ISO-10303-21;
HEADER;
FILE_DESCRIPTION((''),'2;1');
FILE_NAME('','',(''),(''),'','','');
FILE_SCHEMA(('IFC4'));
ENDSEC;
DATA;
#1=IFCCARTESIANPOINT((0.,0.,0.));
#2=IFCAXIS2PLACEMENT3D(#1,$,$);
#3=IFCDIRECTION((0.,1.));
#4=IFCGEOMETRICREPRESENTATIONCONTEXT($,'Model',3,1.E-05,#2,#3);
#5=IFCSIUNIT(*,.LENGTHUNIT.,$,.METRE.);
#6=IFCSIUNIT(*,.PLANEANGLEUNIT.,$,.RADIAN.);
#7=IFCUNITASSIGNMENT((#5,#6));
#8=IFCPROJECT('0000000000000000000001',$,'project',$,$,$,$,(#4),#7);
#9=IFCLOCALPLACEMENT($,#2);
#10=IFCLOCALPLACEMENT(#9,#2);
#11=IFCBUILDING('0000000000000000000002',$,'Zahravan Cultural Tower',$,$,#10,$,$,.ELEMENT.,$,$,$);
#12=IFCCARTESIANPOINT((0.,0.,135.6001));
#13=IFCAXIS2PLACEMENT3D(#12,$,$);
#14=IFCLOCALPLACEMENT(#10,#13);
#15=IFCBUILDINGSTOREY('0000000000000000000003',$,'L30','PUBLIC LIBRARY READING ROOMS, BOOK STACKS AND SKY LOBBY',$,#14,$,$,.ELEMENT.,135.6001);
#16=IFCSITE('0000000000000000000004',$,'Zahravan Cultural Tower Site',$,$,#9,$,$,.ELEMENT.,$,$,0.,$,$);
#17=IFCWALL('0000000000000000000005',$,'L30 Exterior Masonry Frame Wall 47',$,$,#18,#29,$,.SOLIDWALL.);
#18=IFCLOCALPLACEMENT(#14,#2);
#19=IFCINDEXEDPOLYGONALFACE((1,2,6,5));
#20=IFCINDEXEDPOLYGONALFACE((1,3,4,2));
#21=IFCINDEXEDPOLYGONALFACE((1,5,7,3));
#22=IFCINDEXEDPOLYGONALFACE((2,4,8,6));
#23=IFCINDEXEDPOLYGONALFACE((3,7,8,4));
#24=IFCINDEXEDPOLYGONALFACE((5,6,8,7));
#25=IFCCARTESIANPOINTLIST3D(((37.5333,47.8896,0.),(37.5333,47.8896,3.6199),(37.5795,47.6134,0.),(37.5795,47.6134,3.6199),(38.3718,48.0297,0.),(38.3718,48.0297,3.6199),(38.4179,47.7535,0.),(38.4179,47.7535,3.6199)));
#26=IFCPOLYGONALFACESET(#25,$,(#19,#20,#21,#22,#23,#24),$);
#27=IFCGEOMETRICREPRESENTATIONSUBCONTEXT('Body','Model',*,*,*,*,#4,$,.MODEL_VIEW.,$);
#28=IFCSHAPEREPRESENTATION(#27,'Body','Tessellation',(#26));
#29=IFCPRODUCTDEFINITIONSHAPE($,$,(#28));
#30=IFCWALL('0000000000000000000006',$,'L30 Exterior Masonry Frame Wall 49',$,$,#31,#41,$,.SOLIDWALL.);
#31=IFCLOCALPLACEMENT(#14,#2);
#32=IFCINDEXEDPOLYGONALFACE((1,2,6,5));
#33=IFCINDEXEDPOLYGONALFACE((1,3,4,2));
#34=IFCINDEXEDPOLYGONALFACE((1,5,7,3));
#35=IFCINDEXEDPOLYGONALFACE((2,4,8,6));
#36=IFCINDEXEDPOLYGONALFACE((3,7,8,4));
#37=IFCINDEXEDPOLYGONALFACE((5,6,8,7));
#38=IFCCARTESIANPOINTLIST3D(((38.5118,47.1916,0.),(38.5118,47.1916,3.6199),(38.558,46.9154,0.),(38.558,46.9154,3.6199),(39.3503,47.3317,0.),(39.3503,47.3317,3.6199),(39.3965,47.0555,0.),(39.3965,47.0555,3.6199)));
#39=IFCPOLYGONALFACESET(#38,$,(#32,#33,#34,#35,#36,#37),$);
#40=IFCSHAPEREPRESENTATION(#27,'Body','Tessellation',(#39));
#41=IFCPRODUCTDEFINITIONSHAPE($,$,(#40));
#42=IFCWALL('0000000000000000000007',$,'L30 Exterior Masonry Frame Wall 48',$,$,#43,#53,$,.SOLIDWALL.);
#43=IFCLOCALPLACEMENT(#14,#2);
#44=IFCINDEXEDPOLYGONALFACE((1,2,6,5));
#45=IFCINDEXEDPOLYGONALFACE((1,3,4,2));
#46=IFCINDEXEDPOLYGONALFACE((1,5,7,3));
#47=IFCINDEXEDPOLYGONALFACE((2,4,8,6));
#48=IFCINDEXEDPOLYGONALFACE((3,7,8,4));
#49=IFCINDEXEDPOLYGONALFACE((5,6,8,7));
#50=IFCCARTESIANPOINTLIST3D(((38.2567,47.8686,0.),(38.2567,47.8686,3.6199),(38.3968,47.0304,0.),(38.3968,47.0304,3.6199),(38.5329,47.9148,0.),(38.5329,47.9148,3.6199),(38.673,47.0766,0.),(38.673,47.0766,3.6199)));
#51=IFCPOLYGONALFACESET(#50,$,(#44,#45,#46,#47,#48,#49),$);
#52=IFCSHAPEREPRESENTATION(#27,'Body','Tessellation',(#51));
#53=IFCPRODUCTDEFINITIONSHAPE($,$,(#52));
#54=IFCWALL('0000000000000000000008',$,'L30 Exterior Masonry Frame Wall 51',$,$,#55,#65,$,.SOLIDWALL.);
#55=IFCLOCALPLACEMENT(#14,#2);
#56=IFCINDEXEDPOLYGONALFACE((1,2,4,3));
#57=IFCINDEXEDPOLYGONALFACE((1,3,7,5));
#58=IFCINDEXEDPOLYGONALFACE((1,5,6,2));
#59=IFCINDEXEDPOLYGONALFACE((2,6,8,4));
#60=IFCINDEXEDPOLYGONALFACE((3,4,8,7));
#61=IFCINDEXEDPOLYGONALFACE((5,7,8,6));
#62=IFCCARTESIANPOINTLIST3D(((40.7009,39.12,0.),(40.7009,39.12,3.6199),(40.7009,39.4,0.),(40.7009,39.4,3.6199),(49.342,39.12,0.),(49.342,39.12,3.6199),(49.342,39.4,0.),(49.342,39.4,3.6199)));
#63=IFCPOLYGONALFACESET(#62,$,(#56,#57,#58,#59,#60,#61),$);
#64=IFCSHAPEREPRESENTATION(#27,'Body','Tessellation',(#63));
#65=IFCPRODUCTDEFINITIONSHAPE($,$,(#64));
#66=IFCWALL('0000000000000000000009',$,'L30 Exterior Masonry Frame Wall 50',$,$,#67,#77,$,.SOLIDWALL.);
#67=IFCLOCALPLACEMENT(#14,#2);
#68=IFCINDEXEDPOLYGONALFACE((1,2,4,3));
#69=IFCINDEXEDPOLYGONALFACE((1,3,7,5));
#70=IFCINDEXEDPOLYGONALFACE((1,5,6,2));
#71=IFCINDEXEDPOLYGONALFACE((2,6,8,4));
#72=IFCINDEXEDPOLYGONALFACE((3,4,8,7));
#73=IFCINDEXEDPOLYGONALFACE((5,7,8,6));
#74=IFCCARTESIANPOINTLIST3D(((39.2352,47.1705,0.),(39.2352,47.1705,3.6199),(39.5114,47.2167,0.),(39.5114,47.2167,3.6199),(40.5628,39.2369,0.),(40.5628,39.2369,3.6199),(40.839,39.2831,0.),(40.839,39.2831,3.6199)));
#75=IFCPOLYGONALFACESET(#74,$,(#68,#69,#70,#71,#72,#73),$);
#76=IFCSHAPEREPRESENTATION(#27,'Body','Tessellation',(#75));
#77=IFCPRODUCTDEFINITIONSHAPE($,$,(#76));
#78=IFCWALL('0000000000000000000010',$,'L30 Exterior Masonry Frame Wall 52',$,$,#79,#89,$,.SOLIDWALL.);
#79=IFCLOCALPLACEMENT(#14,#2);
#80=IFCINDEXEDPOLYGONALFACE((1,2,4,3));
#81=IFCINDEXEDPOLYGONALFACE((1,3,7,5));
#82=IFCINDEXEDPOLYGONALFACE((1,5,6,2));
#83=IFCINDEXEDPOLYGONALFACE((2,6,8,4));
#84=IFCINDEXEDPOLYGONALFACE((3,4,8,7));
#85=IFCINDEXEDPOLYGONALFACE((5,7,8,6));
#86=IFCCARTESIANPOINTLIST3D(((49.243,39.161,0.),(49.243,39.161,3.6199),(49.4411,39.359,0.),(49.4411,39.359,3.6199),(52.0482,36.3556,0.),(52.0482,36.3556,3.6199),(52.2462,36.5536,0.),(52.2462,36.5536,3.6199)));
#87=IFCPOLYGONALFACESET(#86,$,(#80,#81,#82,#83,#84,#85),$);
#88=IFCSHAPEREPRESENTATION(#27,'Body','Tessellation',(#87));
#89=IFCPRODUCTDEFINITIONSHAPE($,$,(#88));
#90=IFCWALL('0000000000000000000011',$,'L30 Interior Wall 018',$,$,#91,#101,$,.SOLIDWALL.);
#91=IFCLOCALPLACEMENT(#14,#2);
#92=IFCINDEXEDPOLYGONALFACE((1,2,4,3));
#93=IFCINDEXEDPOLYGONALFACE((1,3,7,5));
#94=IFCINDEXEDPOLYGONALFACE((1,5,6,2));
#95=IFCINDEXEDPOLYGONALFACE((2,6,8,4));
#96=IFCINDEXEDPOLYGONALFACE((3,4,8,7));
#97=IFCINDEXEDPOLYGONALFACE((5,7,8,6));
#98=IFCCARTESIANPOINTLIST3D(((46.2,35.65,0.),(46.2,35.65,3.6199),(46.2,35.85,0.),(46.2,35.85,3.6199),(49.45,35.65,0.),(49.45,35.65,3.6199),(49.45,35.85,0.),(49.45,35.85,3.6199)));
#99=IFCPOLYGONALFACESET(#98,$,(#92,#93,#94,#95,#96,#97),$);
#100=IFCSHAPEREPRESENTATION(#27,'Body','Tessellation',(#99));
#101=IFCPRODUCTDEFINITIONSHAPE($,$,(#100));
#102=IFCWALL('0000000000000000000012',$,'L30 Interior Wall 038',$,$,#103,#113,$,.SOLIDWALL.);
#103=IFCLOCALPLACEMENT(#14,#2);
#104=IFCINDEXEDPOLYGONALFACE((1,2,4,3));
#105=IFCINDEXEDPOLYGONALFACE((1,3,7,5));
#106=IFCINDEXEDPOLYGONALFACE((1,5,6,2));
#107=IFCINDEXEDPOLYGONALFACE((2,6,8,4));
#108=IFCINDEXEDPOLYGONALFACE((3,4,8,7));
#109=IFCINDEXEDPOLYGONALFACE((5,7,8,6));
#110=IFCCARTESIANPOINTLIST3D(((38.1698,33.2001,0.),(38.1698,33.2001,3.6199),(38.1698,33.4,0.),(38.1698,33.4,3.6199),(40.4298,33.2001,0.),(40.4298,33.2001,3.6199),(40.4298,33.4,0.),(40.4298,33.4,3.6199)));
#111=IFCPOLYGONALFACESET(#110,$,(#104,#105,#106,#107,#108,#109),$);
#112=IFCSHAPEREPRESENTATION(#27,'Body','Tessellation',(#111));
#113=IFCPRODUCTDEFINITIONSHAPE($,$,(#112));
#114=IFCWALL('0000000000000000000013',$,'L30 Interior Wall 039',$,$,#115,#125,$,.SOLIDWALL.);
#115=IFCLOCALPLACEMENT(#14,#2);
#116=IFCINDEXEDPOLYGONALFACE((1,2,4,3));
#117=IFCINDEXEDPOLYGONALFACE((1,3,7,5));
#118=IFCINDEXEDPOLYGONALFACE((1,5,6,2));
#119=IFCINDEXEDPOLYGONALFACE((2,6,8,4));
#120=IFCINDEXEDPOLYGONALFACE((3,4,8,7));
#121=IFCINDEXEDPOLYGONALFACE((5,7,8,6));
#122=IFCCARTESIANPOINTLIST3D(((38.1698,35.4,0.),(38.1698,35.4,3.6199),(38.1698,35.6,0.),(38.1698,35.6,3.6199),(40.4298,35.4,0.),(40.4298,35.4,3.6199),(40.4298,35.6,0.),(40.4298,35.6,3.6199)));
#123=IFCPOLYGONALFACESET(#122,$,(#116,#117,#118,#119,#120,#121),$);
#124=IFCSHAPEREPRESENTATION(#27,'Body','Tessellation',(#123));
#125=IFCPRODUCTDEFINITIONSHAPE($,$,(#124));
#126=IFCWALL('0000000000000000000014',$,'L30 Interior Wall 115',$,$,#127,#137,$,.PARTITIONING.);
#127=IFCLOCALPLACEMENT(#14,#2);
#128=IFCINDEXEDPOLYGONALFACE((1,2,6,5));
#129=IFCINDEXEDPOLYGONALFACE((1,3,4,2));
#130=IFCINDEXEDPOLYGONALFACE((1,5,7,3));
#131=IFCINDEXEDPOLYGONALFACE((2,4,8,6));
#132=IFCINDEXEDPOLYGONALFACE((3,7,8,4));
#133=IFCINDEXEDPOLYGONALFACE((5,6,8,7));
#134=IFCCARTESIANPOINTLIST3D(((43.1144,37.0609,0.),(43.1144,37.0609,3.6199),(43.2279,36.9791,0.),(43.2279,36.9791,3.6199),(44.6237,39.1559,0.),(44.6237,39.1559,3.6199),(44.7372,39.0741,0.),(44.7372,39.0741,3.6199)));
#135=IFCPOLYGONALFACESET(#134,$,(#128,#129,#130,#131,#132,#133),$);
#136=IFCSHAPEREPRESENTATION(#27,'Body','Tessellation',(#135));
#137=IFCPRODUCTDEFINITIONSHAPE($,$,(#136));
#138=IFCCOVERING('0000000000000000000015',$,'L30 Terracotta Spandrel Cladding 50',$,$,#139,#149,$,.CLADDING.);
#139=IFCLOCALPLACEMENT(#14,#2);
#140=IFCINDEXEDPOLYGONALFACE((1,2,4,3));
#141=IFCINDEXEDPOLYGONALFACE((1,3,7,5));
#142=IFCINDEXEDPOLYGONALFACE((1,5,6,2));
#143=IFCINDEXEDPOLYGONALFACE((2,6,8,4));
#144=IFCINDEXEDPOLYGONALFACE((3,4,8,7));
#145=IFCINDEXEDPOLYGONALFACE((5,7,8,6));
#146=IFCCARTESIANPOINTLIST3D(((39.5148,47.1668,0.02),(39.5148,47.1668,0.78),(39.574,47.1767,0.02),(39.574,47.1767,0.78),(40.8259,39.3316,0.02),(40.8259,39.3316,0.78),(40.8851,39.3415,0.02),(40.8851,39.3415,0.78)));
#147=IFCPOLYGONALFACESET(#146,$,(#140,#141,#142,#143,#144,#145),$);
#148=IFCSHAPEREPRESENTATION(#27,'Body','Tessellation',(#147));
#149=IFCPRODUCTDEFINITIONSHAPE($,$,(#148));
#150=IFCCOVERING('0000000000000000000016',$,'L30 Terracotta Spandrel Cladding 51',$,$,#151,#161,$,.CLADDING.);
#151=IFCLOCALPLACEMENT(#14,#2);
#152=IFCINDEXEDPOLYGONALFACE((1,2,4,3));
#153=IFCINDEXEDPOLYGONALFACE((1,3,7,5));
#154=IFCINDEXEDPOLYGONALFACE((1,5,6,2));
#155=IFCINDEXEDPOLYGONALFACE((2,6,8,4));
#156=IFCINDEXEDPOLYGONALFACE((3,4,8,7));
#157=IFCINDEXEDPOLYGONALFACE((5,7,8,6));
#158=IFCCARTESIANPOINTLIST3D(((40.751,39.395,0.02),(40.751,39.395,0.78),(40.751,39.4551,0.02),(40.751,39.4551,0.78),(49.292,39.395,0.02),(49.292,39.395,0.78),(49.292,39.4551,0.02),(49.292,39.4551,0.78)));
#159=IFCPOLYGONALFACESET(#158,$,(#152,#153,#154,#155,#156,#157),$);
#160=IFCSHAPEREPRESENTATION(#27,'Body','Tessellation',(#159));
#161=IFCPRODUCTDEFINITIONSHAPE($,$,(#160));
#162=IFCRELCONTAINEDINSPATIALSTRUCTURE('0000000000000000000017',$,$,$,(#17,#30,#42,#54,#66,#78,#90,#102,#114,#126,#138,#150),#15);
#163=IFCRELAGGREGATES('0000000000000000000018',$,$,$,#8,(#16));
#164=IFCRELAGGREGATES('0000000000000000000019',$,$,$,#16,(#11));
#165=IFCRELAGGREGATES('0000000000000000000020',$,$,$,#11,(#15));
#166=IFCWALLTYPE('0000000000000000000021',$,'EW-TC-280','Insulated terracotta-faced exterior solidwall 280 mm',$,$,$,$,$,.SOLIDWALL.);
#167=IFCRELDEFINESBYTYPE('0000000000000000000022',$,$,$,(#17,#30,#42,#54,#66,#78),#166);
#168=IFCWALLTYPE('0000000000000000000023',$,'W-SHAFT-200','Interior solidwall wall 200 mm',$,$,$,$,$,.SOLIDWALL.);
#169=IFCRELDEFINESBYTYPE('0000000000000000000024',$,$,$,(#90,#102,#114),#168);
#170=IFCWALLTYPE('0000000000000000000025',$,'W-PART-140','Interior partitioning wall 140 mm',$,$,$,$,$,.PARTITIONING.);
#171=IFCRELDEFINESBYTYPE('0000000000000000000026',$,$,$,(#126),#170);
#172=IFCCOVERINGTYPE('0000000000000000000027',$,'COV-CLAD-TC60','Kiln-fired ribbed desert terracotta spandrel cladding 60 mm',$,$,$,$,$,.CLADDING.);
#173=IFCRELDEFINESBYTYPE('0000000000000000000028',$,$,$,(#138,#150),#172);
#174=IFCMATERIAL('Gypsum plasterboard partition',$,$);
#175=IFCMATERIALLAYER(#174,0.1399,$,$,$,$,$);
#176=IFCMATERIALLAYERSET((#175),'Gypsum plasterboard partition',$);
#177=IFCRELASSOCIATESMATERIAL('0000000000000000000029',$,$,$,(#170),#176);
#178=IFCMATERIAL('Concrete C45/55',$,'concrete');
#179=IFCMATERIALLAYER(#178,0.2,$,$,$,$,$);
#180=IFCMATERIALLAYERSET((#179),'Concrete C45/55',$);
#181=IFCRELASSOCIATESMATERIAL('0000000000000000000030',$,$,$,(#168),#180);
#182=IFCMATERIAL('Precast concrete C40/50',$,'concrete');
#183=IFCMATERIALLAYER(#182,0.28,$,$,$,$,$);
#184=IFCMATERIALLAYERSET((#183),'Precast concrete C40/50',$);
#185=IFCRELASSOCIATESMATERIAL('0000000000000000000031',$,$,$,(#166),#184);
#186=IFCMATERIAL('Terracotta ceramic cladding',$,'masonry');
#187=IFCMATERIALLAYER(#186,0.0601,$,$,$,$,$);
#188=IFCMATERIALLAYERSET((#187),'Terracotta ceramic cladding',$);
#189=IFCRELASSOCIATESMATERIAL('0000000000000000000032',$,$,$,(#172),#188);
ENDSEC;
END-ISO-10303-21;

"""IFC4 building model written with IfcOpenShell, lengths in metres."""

from ifc_helpers import new_model, si_unit, direction, frame, frame_2d, origin, origin_2d, place, context, subcontext, project, spatial, rectangle, extrude, source, transform, mapped, material, layer, layer_set, type_object, element, save


model = new_model("IFC4")

# Units and contexts
model_context = context("Model", 3, precision=1e-05, world=origin(), true_north=direction((0.0, 1.0)))
body_context = subcontext(model_context, "Body", "Model", "MODEL_VIEW")
ifc_project = project(units=[si_unit("LENGTHUNIT", "METRE"), si_unit("PLANEANGLEUNIT", "RADIAN")], contexts=[model_context])

# Site, building, storey
site_placement = place(None, origin())
site = spatial("IfcSite", under=ifc_project, at=site_placement, Name="Zahravan Cultural Tower Site", CompositionType="ELEMENT", RefElevation=0.0)
building_placement = place(site_placement, origin())
building = spatial("IfcBuilding", under=site, at=building_placement, Name="Zahravan Cultural Tower", CompositionType="ELEMENT")
storey_placement = place(building_placement, frame((0.0, 0.0, 135.6001)))
storey = spatial("IfcBuildingStorey", under=building, at=storey_placement, Name="L30", Description="PUBLIC LIBRARY READING ROOMS, BOOK STACKS AND SKY LOBBY", CompositionType="ELEMENT", Elevation=135.6001)

# Shared definitions
ifc_material_1 = material(Name="Gypsum plasterboard partition")
ifc_layer_1 = layer(ifc_material_1, 0.1399)
ifc_layer_set_1 = layer_set([ifc_layer_1], Name="Gypsum plasterboard partition")
wall_type_1 = type_object("IfcWallType", Name="W-PART-140", Description="Interior partitioning wall 140 mm", PredefinedType="PARTITIONING", material=ifc_layer_set_1)
ifc_material_2 = material(Name="Concrete C45/55", Category="concrete")
ifc_layer_2 = layer(ifc_material_2, 0.2)
ifc_layer_set_2 = layer_set([ifc_layer_2], Name="Concrete C45/55")
wall_type_2 = type_object("IfcWallType", Name="W-SHAFT-200", Description="Interior solidwall wall 200 mm", PredefinedType="SOLIDWALL", material=ifc_layer_set_2)

# Walls
ifc_material_3 = material(Name="Precast concrete C40/50", Category="concrete")
ifc_layer_3 = layer(ifc_material_3, 0.28)
ifc_layer_set_3 = layer_set([ifc_layer_3], Name="Precast concrete C40/50")
wall_type_3 = type_object("IfcWallType", Name="EW-TC-280", Description="Insulated terracotta-faced exterior solidwall 280 mm", PredefinedType="SOLIDWALL", material=ifc_layer_set_3)
shared_shape_1 = source(origin(), body_context, "Body", "SweptSolid", [
    extrude(rectangle(XDim=0.8501, YDim=0.28, at=frame_2d((0.425, 0.0))), origin(), (0.0, 0.0, 1.0), 3.6199),
])
for number, where, z_axis, x_axis, name in (
    (1, (37.5564, 47.7515, 0.0), (0.0, 0.0, 1.0), (0.986316, 0.164865, 0.0), "L30 Exterior Masonry Frame Wall 47"),
    (2, (38.5349, 47.0535, 0.0), (0.0, 0.0, 1.0), (0.986316, 0.164865, 0.0), "L30 Exterior Masonry Frame Wall 49"),
):
    element("IfcWall", number, at=place(storey_placement, frame(where, z_axis=z_axis, x_axis=x_axis)), inside=storey, type_object=wall_type_3, Name=name, PredefinedType="SOLIDWALL", context=body_context, shape_type="MappedRepresentation", body=[
        mapped(shared_shape_1, transform((0.0, 0.0, 0.0), x_axis=(1.0, 0.0, 0.0), y_axis=(0.0, 1.0, 0.0), z_axis=(0.0, 0.0, 1.0), scale=1.0)),
    ])
shared_shape_2 = source(origin(), body_context, "Body", "SweptSolid", [
    extrude(rectangle(XDim=0.8499, YDim=0.28, at=frame_2d((0.4248, 0.0))), origin(), (0.0, 0.0, 1.0), 3.6199),
])
wall_1_placement = place(storey_placement, frame((38.3948, 47.8916, 0.0), z_axis=(0.0, 0.0, 1.0), x_axis=(0.164911, -0.986308, 0.0)))
element("IfcWall", 3, at=wall_1_placement, inside=storey, type_object=wall_type_3, Name="L30 Exterior Masonry Frame Wall 48", PredefinedType="SOLIDWALL", context=body_context, shape_type="MappedRepresentation", body=[
    mapped(shared_shape_2, transform((0.0, 0.0, 0.0), x_axis=(1.0, 0.0, 0.0), y_axis=(0.0, 1.0, 0.0), z_axis=(0.0, 0.0, 1.0), scale=1.0)),
])
shared_shape_3 = source(origin(), body_context, "Body", "SweptSolid", [
    extrude(rectangle(XDim=8.6411, YDim=0.28, at=frame_2d((4.3206, 0.0))), origin(), (0.0, 0.0, 1.0), 3.6199),
])
wall_2_placement = place(storey_placement, frame((40.7009, 39.26, 0.0), z_axis=(0.0, 0.0, 1.0), x_axis=(1.0, 0.0, 0.0)))
element("IfcWall", 4, at=wall_2_placement, inside=storey, type_object=wall_type_3, Name="L30 Exterior Masonry Frame Wall 51", PredefinedType="SOLIDWALL", context=body_context, shape_type="MappedRepresentation", body=[
    mapped(shared_shape_3, transform((0.0, 0.0, 0.0), x_axis=(1.0, 0.0, 0.0), y_axis=(0.0, 1.0, 0.0), z_axis=(0.0, 0.0, 1.0), scale=1.0)),
])
shared_shape_4 = source(origin(), body_context, "Body", "SweptSolid", [
    extrude(rectangle(XDim=8.0439, YDim=0.28, at=frame_2d((4.022, 0.0))), origin(), (0.0, 0.0, 1.0), 3.6199),
])
wall_3_placement = place(storey_placement, frame((39.3733, 47.1936, 0.0), z_axis=(0.0, 0.0, 1.0), x_axis=(0.165049, -0.986285, 0.0)))
element("IfcWall", 5, at=wall_3_placement, inside=storey, type_object=wall_type_3, Name="L30 Exterior Masonry Frame Wall 50", PredefinedType="SOLIDWALL", context=body_context, shape_type="MappedRepresentation", body=[
    mapped(shared_shape_4, transform((0.0, 0.0, 0.0), x_axis=(1.0, 0.0, 0.0), y_axis=(0.0, 1.0, 0.0), z_axis=(0.0, 0.0, 1.0), scale=1.0)),
])
shared_shape_5 = source(origin(), body_context, "Body", "SweptSolid", [
    extrude(rectangle(XDim=3.9673, YDim=0.28, at=frame_2d((1.9836, 0.0))), origin(), (0.0, 0.0, 1.0), 3.6199),
])
wall_4_placement = place(storey_placement, frame((49.342, 39.26, 0.0), z_axis=(0.0, 0.0, 1.0), x_axis=(0.707076, -0.707138, 0.0)))
element("IfcWall", 6, at=wall_4_placement, inside=storey, type_object=wall_type_3, Name="L30 Exterior Masonry Frame Wall 52", PredefinedType="SOLIDWALL", context=body_context, shape_type="MappedRepresentation", body=[
    mapped(shared_shape_5, transform((0.0, 0.0, 0.0), x_axis=(1.0, 0.0, 0.0), y_axis=(0.0, 1.0, 0.0), z_axis=(0.0, 0.0, 1.0), scale=1.0)),
])
shared_shape_6 = source(origin(), body_context, "Body", "SweptSolid", [
    extrude(rectangle(XDim=3.25, YDim=0.2, at=frame_2d((1.625, 0.0))), origin(), (0.0, 0.0, 1.0), 3.6199),
])
wall_5_placement = place(storey_placement, frame((46.2, 35.75, 0.0), z_axis=(0.0, 0.0, 1.0), x_axis=(1.0, 0.0, 0.0)))
element("IfcWall", 7, at=wall_5_placement, inside=storey, type_object=wall_type_2, Name="L30 Interior Wall 018", PredefinedType="SOLIDWALL", context=body_context, shape_type="MappedRepresentation", body=[
    mapped(shared_shape_6, transform((0.0, 0.0, 0.0), x_axis=(1.0, 0.0, 0.0), y_axis=(0.0, 1.0, 0.0), z_axis=(0.0, 0.0, 1.0), scale=1.0)),
])
shared_shape_7 = source(origin(), body_context, "Body", "SweptSolid", [
    extrude(rectangle(XDim=2.26, YDim=0.2, at=frame_2d((1.1299, 0.0))), origin(), (0.0, 0.0, 1.0), 3.6199),
])
for number, where, z_axis, x_axis, name in (
    (8, (38.1699, 33.3, 0.0), (0.0, 0.0, 1.0), (1.0, 0.0, 0.0), "L30 Interior Wall 038"),
    (9, (38.1699, 35.5, 0.0), (0.0, 0.0, 1.0), (1.0, 0.0, 0.0), "L30 Interior Wall 039"),
):
    element("IfcWall", number, at=place(storey_placement, frame(where, z_axis=z_axis, x_axis=x_axis)), inside=storey, type_object=wall_type_2, Name=name, PredefinedType="SOLIDWALL", context=body_context, shape_type="MappedRepresentation", body=[
        mapped(shared_shape_7, transform((0.0, 0.0, 0.0), x_axis=(1.0, 0.0, 0.0), y_axis=(0.0, 1.0, 0.0), z_axis=(0.0, 0.0, 1.0), scale=1.0)),
    ])
shared_shape_8 = source(origin(), body_context, "Body", "SweptSolid", [
    extrude(rectangle(XDim=2.582, YDim=0.1399, at=frame_2d((1.291, 0.0))), origin(), (0.0, 0.0, 1.0), 3.6199),
])
wall_6_placement = place(storey_placement, frame((44.6804, 39.115, 0.0), z_axis=(0.0, 0.0, 1.0), x_axis=(-0.584534, -0.811369, 0.0)))
element("IfcWall", 10, at=wall_6_placement, inside=storey, type_object=wall_type_1, Name="L30 Interior Wall 115", PredefinedType="PARTITIONING", context=body_context, shape_type="MappedRepresentation", body=[
    mapped(shared_shape_8, transform((0.0, 0.0, 0.0), x_axis=(1.0, 0.0, 0.0), y_axis=(0.0, 1.0, 0.0), z_axis=(0.0, 0.0, 1.0), scale=1.0)),
])

# Coverings
ifc_material_4 = material(Name="Terracotta ceramic cladding", Category="masonry")
ifc_layer_4 = layer(ifc_material_4, 0.0601)
ifc_layer_set_4 = layer_set([ifc_layer_4], Name="Terracotta ceramic cladding")
covering_type = type_object("IfcCoveringType", Name="COV-CLAD-TC60", Description="Kiln-fired ribbed desert terracotta spandrel cladding 60 mm", PredefinedType="CLADDING", material=ifc_layer_set_4)
shared_shape_9 = source(origin(), body_context, "Body", "SweptSolid", [
    extrude(rectangle(XDim=7.9441, YDim=0.0601, at=origin_2d()), origin(), (0.0, 0.0, 1.0), 0.76),
])
covering_1_placement = place(storey_placement, frame((40.2, 43.2542, 0.02), z_axis=(0.0, 0.0, 1.0), x_axis=(0.165048, -0.986286, 0.0)))
element("IfcCovering", 11, at=covering_1_placement, inside=storey, type_object=covering_type, Name="L30 Terracotta Spandrel Cladding 50", PredefinedType="CLADDING", context=body_context, shape_type="MappedRepresentation", body=[
    mapped(shared_shape_9, transform((0.0, 0.0, 0.0), x_axis=(1.0, 0.0, 0.0), y_axis=(0.0, 1.0, 0.0), z_axis=(0.0, 0.0, 1.0), scale=1.0)),
])
shared_shape_10 = source(origin(), body_context, "Body", "SweptSolid", [
    extrude(rectangle(XDim=8.541, YDim=0.0601, at=origin_2d()), origin(), (0.0, 0.0, 1.0), 0.76),
])
covering_2_placement = place(storey_placement, frame((45.0215, 39.425, 0.02), z_axis=(0.0, 0.0, 1.0), x_axis=(1.0, 0.0, 0.0)))
element("IfcCovering", 12, at=covering_2_placement, inside=storey, type_object=covering_type, Name="L30 Terracotta Spandrel Cladding 51", PredefinedType="CLADDING", context=body_context, shape_type="MappedRepresentation", body=[
    mapped(shared_shape_10, transform((0.0, 0.0, 0.0), x_axis=(1.0, 0.0, 0.0), y_axis=(0.0, 1.0, 0.0), z_axis=(0.0, 0.0, 1.0), scale=1.0)),
])

save(model, "model.ifc")
